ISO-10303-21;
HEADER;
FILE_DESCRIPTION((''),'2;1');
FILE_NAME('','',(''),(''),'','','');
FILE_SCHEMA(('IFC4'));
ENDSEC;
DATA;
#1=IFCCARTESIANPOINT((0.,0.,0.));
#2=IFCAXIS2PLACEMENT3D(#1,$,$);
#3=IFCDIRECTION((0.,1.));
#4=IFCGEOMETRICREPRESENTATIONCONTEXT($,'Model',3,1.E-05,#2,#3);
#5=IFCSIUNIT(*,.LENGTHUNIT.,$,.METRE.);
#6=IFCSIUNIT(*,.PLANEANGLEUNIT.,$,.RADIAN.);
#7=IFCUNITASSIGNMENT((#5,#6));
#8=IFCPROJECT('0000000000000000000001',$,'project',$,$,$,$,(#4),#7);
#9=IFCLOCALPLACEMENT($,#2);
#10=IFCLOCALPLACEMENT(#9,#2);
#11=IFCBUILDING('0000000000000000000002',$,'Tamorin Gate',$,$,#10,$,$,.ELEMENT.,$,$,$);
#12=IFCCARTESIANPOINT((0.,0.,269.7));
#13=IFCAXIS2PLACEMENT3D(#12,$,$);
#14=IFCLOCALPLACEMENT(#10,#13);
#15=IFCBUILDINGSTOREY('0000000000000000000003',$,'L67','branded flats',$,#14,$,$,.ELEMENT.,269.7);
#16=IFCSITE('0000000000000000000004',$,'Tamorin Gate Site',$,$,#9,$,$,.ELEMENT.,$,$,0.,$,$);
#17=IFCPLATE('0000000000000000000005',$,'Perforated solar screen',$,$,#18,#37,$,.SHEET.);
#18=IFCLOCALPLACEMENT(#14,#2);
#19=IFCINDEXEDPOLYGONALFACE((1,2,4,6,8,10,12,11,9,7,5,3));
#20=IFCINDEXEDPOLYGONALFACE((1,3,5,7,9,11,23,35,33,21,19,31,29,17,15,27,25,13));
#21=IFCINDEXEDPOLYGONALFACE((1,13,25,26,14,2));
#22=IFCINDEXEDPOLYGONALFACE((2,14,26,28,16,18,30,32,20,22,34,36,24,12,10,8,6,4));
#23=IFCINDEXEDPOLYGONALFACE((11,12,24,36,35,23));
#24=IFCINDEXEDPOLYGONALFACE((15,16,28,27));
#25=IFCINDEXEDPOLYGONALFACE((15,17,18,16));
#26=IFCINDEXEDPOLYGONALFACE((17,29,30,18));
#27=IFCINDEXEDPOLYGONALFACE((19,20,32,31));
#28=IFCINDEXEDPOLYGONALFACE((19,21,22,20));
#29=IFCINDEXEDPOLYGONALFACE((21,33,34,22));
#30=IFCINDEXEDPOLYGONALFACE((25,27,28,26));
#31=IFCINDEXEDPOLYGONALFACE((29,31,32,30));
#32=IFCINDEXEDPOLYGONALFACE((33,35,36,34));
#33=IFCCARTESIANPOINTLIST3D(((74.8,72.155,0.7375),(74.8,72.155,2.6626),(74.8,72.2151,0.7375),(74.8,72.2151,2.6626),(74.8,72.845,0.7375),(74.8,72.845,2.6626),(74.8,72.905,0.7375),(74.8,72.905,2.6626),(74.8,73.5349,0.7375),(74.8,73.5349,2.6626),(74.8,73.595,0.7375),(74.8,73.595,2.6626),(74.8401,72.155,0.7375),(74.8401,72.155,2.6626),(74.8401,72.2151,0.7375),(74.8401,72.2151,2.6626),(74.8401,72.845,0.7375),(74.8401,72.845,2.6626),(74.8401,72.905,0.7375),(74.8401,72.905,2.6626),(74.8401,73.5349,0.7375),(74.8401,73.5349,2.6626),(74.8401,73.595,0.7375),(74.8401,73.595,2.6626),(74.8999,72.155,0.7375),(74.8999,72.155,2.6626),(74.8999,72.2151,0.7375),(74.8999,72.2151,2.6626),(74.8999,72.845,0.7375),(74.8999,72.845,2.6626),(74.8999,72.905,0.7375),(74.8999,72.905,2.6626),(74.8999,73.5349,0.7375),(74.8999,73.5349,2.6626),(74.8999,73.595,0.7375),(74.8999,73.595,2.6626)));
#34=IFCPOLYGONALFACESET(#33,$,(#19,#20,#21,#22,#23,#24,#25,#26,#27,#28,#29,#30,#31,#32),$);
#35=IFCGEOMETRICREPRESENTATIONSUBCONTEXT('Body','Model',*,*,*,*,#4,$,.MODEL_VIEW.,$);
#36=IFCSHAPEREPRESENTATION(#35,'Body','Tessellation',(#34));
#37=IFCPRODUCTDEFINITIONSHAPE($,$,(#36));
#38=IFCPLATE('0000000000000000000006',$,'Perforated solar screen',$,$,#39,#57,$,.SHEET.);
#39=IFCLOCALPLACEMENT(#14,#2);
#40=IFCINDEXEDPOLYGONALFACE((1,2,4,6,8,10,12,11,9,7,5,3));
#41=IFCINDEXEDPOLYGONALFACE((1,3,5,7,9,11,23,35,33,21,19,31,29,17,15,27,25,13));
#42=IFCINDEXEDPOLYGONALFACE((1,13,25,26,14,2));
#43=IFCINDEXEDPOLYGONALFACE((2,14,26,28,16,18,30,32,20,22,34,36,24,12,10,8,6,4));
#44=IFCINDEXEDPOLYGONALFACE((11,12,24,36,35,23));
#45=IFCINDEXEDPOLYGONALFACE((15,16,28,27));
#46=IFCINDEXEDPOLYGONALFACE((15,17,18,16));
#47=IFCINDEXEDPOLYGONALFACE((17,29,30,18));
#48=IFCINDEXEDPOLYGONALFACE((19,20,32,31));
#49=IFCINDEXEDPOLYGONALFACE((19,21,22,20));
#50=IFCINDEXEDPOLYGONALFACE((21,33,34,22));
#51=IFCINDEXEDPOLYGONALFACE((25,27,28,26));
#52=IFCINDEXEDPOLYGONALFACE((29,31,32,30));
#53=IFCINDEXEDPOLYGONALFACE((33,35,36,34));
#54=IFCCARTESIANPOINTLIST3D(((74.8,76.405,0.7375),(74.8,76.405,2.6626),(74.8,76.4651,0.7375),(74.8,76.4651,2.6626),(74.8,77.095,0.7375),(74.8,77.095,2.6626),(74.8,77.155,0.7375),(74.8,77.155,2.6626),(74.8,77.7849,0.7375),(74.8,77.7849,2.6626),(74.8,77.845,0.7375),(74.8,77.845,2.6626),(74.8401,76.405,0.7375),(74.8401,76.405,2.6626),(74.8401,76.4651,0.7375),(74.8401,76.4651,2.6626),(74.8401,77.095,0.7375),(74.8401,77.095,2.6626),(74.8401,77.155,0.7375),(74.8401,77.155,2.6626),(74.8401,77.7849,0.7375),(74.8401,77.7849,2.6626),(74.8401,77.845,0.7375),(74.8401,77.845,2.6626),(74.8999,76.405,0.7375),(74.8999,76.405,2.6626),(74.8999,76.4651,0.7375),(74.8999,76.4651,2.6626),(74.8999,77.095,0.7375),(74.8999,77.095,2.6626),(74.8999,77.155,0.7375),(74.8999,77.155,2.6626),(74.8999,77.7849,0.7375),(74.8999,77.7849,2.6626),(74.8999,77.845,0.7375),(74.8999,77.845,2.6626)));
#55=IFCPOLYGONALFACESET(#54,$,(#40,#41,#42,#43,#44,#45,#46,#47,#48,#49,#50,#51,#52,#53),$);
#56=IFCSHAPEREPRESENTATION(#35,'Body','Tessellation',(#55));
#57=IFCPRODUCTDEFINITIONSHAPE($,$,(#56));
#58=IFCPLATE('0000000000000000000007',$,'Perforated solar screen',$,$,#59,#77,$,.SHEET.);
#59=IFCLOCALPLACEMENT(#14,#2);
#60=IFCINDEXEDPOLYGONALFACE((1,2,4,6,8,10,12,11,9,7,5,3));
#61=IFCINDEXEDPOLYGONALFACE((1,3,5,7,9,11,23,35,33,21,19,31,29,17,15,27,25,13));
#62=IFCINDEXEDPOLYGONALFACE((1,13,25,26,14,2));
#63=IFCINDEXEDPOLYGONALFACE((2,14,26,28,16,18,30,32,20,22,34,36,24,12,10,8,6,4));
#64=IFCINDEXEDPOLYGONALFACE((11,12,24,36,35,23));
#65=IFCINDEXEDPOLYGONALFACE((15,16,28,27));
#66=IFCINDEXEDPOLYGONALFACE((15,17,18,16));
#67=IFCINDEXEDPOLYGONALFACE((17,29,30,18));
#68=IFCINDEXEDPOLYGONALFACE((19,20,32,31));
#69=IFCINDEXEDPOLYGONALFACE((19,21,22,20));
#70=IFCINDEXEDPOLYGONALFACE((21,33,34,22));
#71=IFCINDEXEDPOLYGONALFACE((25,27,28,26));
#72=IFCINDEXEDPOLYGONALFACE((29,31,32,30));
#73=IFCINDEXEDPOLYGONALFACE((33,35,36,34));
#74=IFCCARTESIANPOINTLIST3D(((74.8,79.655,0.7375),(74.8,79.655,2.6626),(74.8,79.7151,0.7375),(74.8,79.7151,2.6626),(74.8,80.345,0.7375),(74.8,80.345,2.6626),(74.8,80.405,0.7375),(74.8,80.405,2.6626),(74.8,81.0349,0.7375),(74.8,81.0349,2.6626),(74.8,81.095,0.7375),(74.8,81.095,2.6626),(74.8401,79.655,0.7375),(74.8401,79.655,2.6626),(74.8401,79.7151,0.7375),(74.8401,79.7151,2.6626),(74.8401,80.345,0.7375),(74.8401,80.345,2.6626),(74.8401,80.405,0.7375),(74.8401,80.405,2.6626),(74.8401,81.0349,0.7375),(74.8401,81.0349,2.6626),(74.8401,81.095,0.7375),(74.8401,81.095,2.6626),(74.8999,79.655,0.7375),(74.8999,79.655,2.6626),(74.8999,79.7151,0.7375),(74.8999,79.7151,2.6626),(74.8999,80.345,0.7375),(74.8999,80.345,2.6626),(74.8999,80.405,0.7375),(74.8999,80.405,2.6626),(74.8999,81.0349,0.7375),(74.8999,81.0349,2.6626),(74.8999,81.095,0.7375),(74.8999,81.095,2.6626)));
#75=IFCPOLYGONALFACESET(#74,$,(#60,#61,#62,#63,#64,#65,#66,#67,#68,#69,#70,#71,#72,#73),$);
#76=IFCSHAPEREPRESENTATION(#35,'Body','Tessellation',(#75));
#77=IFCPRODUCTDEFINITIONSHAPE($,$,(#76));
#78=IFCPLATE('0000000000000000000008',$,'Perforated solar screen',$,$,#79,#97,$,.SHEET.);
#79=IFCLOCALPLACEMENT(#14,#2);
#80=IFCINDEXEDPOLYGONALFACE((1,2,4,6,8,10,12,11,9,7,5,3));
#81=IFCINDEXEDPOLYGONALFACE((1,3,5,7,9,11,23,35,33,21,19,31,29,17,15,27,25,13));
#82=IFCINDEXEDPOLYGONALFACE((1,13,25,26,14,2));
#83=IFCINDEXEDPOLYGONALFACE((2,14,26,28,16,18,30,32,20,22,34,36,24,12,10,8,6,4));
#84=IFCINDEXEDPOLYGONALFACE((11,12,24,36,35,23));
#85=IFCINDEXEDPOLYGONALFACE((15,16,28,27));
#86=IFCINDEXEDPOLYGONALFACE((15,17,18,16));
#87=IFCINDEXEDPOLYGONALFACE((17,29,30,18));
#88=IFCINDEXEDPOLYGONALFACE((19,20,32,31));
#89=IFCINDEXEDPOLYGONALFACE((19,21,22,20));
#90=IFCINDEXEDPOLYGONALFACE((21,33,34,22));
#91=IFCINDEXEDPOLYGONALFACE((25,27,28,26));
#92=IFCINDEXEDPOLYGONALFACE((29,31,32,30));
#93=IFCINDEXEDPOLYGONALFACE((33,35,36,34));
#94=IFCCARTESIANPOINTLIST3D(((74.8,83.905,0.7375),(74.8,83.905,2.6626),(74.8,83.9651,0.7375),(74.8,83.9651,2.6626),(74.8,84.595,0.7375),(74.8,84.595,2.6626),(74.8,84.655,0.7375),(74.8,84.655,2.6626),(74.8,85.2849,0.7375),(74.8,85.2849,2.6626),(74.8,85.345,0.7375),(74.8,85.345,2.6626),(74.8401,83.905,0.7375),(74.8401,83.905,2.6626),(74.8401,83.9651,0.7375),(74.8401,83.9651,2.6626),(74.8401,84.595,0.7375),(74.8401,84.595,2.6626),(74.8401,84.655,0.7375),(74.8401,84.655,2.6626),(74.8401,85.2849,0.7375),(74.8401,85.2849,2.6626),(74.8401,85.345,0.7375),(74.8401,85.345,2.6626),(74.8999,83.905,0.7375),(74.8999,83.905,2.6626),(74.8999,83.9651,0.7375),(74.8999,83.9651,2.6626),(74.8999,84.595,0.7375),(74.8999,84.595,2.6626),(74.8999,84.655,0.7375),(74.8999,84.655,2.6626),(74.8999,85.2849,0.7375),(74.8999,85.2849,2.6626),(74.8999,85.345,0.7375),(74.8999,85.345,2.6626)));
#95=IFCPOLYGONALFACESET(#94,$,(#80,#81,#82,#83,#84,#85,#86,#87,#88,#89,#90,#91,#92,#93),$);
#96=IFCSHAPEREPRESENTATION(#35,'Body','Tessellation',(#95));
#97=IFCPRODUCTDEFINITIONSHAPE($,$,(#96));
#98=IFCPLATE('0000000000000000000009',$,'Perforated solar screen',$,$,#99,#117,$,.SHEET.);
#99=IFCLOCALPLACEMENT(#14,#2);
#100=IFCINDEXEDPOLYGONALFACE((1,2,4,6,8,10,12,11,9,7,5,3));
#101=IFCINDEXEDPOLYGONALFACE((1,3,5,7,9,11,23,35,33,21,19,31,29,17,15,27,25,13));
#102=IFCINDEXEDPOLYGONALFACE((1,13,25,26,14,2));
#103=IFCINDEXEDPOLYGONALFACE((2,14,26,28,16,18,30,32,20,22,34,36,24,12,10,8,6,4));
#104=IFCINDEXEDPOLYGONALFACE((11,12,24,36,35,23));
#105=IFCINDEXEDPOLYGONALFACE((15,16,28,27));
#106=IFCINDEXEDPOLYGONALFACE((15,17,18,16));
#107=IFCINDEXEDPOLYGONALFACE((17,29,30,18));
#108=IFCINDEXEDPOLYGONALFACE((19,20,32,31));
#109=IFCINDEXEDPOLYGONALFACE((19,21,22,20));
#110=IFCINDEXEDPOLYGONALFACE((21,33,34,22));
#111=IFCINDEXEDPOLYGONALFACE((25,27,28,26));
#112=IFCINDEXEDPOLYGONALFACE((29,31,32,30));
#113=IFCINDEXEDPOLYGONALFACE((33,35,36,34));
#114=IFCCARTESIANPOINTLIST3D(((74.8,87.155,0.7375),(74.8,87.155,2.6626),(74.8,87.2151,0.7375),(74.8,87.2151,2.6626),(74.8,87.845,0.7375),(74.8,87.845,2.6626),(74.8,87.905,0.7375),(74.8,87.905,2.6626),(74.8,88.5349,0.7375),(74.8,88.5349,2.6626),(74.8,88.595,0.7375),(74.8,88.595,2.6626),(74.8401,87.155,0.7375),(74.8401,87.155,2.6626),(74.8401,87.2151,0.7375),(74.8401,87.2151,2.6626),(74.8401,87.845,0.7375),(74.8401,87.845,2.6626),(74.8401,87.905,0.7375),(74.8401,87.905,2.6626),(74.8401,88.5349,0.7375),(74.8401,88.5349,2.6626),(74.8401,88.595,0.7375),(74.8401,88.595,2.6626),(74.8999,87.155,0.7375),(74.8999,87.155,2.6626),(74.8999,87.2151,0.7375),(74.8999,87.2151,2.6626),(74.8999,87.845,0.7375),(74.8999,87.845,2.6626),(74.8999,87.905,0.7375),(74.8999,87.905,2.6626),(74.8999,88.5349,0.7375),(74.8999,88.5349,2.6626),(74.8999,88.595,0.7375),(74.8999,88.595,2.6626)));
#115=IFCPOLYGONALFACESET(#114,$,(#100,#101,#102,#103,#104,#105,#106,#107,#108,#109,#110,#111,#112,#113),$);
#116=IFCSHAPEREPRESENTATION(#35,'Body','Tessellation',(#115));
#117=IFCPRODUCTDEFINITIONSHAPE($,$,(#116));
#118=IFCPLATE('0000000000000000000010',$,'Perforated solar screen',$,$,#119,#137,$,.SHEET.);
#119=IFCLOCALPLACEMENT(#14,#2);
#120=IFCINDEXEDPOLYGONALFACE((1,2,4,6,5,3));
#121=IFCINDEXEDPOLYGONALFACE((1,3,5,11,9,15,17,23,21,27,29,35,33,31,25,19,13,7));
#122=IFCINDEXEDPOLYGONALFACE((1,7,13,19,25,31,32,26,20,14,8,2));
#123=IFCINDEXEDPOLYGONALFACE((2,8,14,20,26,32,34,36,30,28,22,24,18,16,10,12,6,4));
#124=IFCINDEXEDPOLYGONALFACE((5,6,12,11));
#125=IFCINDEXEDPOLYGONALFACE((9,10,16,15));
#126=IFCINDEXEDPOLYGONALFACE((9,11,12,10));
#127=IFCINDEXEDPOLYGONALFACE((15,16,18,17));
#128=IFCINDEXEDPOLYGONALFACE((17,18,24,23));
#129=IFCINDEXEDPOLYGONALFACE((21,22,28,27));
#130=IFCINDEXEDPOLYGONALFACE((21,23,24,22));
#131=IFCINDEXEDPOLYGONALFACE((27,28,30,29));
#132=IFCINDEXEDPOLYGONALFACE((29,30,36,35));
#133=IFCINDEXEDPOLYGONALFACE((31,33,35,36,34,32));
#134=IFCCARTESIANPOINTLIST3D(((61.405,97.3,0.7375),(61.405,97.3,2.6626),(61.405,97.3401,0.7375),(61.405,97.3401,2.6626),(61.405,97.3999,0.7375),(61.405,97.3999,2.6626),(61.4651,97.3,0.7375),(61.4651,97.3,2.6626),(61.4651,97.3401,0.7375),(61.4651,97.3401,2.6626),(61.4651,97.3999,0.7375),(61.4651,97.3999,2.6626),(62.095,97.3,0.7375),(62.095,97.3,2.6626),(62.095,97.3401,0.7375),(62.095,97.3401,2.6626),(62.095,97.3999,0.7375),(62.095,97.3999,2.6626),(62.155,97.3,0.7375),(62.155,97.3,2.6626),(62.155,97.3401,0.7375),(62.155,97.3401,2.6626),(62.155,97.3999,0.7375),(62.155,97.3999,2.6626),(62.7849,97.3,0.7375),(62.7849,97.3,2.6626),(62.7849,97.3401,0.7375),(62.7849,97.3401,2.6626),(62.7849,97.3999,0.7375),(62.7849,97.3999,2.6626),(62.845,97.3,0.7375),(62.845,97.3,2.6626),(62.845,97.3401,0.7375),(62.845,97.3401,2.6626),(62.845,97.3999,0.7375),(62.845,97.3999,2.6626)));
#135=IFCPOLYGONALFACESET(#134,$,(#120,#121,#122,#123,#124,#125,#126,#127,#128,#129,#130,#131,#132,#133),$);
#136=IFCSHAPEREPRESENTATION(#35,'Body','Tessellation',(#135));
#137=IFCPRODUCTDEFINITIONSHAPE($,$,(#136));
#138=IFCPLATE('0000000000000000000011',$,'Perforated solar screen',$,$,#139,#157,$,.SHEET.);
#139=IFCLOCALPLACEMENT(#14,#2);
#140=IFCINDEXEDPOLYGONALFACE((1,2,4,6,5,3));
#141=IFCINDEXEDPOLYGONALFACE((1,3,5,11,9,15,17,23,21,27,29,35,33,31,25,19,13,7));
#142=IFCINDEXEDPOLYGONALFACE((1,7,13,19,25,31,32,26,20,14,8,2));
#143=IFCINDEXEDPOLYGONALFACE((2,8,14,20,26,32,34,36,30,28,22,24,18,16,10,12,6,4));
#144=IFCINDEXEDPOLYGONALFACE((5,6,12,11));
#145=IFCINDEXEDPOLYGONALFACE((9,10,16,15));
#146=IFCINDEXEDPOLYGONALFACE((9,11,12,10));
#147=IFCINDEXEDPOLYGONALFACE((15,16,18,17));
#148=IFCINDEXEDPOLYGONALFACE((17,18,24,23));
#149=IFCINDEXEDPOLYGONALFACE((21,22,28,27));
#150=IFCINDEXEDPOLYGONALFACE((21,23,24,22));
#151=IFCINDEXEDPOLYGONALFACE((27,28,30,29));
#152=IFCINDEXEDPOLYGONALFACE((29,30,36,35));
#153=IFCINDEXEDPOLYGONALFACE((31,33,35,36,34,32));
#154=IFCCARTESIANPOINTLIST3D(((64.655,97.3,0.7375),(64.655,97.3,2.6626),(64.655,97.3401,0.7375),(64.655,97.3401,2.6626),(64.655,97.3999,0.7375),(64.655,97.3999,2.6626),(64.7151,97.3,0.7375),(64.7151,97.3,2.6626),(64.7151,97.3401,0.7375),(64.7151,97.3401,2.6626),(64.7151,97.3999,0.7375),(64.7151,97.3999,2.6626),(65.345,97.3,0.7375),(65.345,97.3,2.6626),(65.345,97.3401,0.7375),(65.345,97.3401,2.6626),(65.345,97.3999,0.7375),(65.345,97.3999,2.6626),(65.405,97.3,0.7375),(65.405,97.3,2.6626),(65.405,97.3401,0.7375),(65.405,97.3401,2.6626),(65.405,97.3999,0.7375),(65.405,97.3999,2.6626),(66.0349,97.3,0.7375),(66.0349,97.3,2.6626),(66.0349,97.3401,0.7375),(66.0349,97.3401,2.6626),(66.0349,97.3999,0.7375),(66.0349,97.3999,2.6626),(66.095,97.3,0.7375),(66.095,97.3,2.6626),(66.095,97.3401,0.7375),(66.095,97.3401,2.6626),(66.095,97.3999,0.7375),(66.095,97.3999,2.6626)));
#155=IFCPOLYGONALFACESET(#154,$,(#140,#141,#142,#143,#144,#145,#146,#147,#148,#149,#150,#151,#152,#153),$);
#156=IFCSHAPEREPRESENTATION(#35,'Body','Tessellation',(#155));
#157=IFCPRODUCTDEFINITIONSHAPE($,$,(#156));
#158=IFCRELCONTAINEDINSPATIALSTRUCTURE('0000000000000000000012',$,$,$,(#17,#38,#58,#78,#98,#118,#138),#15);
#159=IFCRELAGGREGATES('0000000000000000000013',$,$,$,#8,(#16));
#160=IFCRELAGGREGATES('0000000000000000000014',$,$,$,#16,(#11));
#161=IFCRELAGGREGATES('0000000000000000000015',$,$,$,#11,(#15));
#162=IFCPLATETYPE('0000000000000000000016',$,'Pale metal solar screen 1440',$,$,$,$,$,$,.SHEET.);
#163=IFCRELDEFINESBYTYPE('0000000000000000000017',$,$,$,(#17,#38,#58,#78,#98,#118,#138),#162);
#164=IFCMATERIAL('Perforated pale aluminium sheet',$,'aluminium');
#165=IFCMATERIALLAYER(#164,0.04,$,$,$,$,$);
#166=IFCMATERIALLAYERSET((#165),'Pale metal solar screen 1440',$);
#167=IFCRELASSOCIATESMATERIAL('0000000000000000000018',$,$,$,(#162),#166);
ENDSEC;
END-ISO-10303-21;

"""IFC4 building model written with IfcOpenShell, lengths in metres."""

from ifc_helpers import new_model, si_unit, direction, frame, origin, place, context, subcontext, project, spatial, polyline, outline, extrude, material, layer, layer_set, type_object, element, save


model = new_model("IFC4")

# Units and contexts
model_context = context("Model", 3, precision=1e-05, world=origin(), true_north=direction((0.0, 1.0)))
body_context = subcontext(model_context, "Body", "Model", "MODEL_VIEW")
ifc_project = project(units=[si_unit("LENGTHUNIT", "METRE"), si_unit("PLANEANGLEUNIT", "RADIAN")], contexts=[model_context])

# Site, building, storey
site_placement = place(None, origin())
site = spatial("IfcSite", under=ifc_project, at=site_placement, Name="Tamorin Gate Site", CompositionType="ELEMENT", RefElevation=0.0)
building_placement = place(site_placement, origin())
building = spatial("IfcBuilding", under=site, at=building_placement, Name="Tamorin Gate", CompositionType="ELEMENT")
storey_placement = place(building_placement, frame((0.0, 0.0, 269.7)))
storey = spatial("IfcBuildingStorey", under=building, at=storey_placement, Name="L67", Description="branded flats", CompositionType="ELEMENT", Elevation=269.7)

# Plates
ifc_material_1 = material(Name="Perforated pale aluminium sheet", Category="aluminium")
ifc_layer_1 = layer(ifc_material_1, 0.04)
ifc_layer_set_1 = layer_set([ifc_layer_1], Name="Pale metal solar screen 1440")
plate_type = type_object("IfcPlateType", Name="Pale metal solar screen 1440", PredefinedType="SHEET", material=ifc_layer_set_1)
plate_1_placement = place(storey_placement, frame((0.0, 0.0, 0.7375)))
element("IfcPlate", 1, at=plate_1_placement, inside=storey, type_object=plate_type, Name="Perforated solar screen", PredefinedType="SHEET", context=body_context, shape_type="SweptSolid", body=[
    extrude(outline(polyline([(74.8401, 72.155), (74.8, 72.155), (74.8, 72.2151), (74.8, 72.845), (74.8, 72.905), (74.8, 73.5349), (74.8, 73.595), (74.8401, 73.595), (74.8999, 73.595), (74.8999, 73.5349), (74.8401, 73.5349), (74.8401, 72.905), (74.8999, 72.905), (74.8999, 72.845), (74.8401, 72.845), (74.8401, 72.2151), (74.8999, 72.2151), (74.8999, 72.155), (74.8401, 72.155)])), origin(), (0.0, 0.0, 1.0), 1.925),
])
plate_2_placement = place(storey_placement, frame((0.0, 0.0, 0.7375)))
element("IfcPlate", 2, at=plate_2_placement, inside=storey, type_object=plate_type, Name="Perforated solar screen", PredefinedType="SHEET", context=body_context, shape_type="SweptSolid", body=[
    extrude(outline(polyline([(74.8401, 76.405), (74.8, 76.405), (74.8, 76.4651), (74.8, 77.095), (74.8, 77.155), (74.8, 77.7849), (74.8, 77.845), (74.8401, 77.845), (74.8999, 77.845), (74.8999, 77.7849), (74.8401, 77.7849), (74.8401, 77.155), (74.8999, 77.155), (74.8999, 77.095), (74.8401, 77.095), (74.8401, 76.4651), (74.8999, 76.4651), (74.8999, 76.405), (74.8401, 76.405)])), origin(), (0.0, 0.0, 1.0), 1.925),
])
plate_3_placement = place(storey_placement, frame((0.0, 0.0, 0.7375)))
element("IfcPlate", 3, at=plate_3_placement, inside=storey, type_object=plate_type, Name="Perforated solar screen", PredefinedType="SHEET", context=body_context, shape_type="SweptSolid", body=[
    extrude(outline(polyline([(74.8401, 79.655), (74.8, 79.655), (74.8, 79.7151), (74.8, 80.345), (74.8, 80.405), (74.8, 81.0349), (74.8, 81.095), (74.8401, 81.095), (74.8999, 81.095), (74.8999, 81.0349), (74.8401, 81.0349), (74.8401, 80.405), (74.8999, 80.405), (74.8999, 80.345), (74.8401, 80.345), (74.8401, 79.7151), (74.8999, 79.7151), (74.8999, 79.655), (74.8401, 79.655)])), origin(), (0.0, 0.0, 1.0), 1.925),
])
plate_4_placement = place(storey_placement, frame((0.0, 0.0, 0.7375)))
element("IfcPlate", 4, at=plate_4_placement, inside=storey, type_object=plate_type, Name="Perforated solar screen", PredefinedType="SHEET", context=body_context, shape_type="SweptSolid", body=[
    extrude(outline(polyline([(74.8401, 83.905), (74.8, 83.905), (74.8, 83.9651), (74.8, 84.595), (74.8, 84.655), (74.8, 85.2849), (74.8, 85.345), (74.8401, 85.345), (74.8999, 85.345), (74.8999, 85.2849), (74.8401, 85.2849), (74.8401, 84.655), (74.8999, 84.655), (74.8999, 84.595), (74.8401, 84.595), (74.8401, 83.9651), (74.8999, 83.9651), (74.8999, 83.905), (74.8401, 83.905)])), origin(), (0.0, 0.0, 1.0), 1.925),
])
plate_5_placement = place(storey_placement, frame((0.0, 0.0, 0.7375)))
element("IfcPlate", 5, at=plate_5_placement, inside=storey, type_object=plate_type, Name="Perforated solar screen", PredefinedType="SHEET", context=body_context, shape_type="SweptSolid", body=[
    extrude(outline(polyline([(74.8401, 87.155), (74.8, 87.155), (74.8, 87.2151), (74.8, 87.845), (74.8, 87.905), (74.8, 88.5349), (74.8, 88.595), (74.8401, 88.595), (74.8999, 88.595), (74.8999, 88.5349), (74.8401, 88.5349), (74.8401, 87.905), (74.8999, 87.905), (74.8999, 87.845), (74.8401, 87.845), (74.8401, 87.2151), (74.8999, 87.2151), (74.8999, 87.155), (74.8401, 87.155)])), origin(), (0.0, 0.0, 1.0), 1.925),
])
plate_6_placement = place(storey_placement, frame((0.0, 0.0, 0.7375)))
element("IfcPlate", 6, at=plate_6_placement, inside=storey, type_object=plate_type, Name="Perforated solar screen", PredefinedType="SHEET", context=body_context, shape_type="SweptSolid", body=[
    extrude(outline(polyline([(62.845, 97.3401), (62.845, 97.3), (62.7849, 97.3), (62.155, 97.3), (62.095, 97.3), (61.4651, 97.3), (61.405, 97.3), (61.405, 97.3), (61.405, 97.3401), (61.405, 97.3401), (61.405, 97.3999), (61.4651, 97.3999), (61.4651, 97.3401), (62.095, 97.3401), (62.095, 97.3999), (62.155, 97.3999), (62.155, 97.3401), (62.7849, 97.3401), (62.7849, 97.3999), (62.845, 97.3999), (62.845, 97.3401)])), origin(), (0.0, 0.0, 1.0), 1.925),
])
plate_7_placement = place(storey_placement, frame((0.0, 0.0, 0.7375)))
element("IfcPlate", 7, at=plate_7_placement, inside=storey, type_object=plate_type, Name="Perforated solar screen", PredefinedType="SHEET", context=body_context, shape_type="SweptSolid", body=[
    extrude(outline(polyline([(66.095, 97.3401), (66.095, 97.3), (66.0349, 97.3), (65.405, 97.3), (65.345, 97.3), (64.7151, 97.3), (64.655, 97.3), (64.655, 97.3), (64.655, 97.3401), (64.655, 97.3401), (64.655, 97.3999), (64.7151, 97.3999), (64.7151, 97.3401), (65.345, 97.3401), (65.345, 97.3999), (65.405, 97.3999), (65.405, 97.3401), (66.0349, 97.3401), (66.0349, 97.3999), (66.095, 97.3999), (66.095, 97.3401)])), origin(), (0.0, 0.0, 1.0), 1.925),
])

save(model, "model.ifc")
